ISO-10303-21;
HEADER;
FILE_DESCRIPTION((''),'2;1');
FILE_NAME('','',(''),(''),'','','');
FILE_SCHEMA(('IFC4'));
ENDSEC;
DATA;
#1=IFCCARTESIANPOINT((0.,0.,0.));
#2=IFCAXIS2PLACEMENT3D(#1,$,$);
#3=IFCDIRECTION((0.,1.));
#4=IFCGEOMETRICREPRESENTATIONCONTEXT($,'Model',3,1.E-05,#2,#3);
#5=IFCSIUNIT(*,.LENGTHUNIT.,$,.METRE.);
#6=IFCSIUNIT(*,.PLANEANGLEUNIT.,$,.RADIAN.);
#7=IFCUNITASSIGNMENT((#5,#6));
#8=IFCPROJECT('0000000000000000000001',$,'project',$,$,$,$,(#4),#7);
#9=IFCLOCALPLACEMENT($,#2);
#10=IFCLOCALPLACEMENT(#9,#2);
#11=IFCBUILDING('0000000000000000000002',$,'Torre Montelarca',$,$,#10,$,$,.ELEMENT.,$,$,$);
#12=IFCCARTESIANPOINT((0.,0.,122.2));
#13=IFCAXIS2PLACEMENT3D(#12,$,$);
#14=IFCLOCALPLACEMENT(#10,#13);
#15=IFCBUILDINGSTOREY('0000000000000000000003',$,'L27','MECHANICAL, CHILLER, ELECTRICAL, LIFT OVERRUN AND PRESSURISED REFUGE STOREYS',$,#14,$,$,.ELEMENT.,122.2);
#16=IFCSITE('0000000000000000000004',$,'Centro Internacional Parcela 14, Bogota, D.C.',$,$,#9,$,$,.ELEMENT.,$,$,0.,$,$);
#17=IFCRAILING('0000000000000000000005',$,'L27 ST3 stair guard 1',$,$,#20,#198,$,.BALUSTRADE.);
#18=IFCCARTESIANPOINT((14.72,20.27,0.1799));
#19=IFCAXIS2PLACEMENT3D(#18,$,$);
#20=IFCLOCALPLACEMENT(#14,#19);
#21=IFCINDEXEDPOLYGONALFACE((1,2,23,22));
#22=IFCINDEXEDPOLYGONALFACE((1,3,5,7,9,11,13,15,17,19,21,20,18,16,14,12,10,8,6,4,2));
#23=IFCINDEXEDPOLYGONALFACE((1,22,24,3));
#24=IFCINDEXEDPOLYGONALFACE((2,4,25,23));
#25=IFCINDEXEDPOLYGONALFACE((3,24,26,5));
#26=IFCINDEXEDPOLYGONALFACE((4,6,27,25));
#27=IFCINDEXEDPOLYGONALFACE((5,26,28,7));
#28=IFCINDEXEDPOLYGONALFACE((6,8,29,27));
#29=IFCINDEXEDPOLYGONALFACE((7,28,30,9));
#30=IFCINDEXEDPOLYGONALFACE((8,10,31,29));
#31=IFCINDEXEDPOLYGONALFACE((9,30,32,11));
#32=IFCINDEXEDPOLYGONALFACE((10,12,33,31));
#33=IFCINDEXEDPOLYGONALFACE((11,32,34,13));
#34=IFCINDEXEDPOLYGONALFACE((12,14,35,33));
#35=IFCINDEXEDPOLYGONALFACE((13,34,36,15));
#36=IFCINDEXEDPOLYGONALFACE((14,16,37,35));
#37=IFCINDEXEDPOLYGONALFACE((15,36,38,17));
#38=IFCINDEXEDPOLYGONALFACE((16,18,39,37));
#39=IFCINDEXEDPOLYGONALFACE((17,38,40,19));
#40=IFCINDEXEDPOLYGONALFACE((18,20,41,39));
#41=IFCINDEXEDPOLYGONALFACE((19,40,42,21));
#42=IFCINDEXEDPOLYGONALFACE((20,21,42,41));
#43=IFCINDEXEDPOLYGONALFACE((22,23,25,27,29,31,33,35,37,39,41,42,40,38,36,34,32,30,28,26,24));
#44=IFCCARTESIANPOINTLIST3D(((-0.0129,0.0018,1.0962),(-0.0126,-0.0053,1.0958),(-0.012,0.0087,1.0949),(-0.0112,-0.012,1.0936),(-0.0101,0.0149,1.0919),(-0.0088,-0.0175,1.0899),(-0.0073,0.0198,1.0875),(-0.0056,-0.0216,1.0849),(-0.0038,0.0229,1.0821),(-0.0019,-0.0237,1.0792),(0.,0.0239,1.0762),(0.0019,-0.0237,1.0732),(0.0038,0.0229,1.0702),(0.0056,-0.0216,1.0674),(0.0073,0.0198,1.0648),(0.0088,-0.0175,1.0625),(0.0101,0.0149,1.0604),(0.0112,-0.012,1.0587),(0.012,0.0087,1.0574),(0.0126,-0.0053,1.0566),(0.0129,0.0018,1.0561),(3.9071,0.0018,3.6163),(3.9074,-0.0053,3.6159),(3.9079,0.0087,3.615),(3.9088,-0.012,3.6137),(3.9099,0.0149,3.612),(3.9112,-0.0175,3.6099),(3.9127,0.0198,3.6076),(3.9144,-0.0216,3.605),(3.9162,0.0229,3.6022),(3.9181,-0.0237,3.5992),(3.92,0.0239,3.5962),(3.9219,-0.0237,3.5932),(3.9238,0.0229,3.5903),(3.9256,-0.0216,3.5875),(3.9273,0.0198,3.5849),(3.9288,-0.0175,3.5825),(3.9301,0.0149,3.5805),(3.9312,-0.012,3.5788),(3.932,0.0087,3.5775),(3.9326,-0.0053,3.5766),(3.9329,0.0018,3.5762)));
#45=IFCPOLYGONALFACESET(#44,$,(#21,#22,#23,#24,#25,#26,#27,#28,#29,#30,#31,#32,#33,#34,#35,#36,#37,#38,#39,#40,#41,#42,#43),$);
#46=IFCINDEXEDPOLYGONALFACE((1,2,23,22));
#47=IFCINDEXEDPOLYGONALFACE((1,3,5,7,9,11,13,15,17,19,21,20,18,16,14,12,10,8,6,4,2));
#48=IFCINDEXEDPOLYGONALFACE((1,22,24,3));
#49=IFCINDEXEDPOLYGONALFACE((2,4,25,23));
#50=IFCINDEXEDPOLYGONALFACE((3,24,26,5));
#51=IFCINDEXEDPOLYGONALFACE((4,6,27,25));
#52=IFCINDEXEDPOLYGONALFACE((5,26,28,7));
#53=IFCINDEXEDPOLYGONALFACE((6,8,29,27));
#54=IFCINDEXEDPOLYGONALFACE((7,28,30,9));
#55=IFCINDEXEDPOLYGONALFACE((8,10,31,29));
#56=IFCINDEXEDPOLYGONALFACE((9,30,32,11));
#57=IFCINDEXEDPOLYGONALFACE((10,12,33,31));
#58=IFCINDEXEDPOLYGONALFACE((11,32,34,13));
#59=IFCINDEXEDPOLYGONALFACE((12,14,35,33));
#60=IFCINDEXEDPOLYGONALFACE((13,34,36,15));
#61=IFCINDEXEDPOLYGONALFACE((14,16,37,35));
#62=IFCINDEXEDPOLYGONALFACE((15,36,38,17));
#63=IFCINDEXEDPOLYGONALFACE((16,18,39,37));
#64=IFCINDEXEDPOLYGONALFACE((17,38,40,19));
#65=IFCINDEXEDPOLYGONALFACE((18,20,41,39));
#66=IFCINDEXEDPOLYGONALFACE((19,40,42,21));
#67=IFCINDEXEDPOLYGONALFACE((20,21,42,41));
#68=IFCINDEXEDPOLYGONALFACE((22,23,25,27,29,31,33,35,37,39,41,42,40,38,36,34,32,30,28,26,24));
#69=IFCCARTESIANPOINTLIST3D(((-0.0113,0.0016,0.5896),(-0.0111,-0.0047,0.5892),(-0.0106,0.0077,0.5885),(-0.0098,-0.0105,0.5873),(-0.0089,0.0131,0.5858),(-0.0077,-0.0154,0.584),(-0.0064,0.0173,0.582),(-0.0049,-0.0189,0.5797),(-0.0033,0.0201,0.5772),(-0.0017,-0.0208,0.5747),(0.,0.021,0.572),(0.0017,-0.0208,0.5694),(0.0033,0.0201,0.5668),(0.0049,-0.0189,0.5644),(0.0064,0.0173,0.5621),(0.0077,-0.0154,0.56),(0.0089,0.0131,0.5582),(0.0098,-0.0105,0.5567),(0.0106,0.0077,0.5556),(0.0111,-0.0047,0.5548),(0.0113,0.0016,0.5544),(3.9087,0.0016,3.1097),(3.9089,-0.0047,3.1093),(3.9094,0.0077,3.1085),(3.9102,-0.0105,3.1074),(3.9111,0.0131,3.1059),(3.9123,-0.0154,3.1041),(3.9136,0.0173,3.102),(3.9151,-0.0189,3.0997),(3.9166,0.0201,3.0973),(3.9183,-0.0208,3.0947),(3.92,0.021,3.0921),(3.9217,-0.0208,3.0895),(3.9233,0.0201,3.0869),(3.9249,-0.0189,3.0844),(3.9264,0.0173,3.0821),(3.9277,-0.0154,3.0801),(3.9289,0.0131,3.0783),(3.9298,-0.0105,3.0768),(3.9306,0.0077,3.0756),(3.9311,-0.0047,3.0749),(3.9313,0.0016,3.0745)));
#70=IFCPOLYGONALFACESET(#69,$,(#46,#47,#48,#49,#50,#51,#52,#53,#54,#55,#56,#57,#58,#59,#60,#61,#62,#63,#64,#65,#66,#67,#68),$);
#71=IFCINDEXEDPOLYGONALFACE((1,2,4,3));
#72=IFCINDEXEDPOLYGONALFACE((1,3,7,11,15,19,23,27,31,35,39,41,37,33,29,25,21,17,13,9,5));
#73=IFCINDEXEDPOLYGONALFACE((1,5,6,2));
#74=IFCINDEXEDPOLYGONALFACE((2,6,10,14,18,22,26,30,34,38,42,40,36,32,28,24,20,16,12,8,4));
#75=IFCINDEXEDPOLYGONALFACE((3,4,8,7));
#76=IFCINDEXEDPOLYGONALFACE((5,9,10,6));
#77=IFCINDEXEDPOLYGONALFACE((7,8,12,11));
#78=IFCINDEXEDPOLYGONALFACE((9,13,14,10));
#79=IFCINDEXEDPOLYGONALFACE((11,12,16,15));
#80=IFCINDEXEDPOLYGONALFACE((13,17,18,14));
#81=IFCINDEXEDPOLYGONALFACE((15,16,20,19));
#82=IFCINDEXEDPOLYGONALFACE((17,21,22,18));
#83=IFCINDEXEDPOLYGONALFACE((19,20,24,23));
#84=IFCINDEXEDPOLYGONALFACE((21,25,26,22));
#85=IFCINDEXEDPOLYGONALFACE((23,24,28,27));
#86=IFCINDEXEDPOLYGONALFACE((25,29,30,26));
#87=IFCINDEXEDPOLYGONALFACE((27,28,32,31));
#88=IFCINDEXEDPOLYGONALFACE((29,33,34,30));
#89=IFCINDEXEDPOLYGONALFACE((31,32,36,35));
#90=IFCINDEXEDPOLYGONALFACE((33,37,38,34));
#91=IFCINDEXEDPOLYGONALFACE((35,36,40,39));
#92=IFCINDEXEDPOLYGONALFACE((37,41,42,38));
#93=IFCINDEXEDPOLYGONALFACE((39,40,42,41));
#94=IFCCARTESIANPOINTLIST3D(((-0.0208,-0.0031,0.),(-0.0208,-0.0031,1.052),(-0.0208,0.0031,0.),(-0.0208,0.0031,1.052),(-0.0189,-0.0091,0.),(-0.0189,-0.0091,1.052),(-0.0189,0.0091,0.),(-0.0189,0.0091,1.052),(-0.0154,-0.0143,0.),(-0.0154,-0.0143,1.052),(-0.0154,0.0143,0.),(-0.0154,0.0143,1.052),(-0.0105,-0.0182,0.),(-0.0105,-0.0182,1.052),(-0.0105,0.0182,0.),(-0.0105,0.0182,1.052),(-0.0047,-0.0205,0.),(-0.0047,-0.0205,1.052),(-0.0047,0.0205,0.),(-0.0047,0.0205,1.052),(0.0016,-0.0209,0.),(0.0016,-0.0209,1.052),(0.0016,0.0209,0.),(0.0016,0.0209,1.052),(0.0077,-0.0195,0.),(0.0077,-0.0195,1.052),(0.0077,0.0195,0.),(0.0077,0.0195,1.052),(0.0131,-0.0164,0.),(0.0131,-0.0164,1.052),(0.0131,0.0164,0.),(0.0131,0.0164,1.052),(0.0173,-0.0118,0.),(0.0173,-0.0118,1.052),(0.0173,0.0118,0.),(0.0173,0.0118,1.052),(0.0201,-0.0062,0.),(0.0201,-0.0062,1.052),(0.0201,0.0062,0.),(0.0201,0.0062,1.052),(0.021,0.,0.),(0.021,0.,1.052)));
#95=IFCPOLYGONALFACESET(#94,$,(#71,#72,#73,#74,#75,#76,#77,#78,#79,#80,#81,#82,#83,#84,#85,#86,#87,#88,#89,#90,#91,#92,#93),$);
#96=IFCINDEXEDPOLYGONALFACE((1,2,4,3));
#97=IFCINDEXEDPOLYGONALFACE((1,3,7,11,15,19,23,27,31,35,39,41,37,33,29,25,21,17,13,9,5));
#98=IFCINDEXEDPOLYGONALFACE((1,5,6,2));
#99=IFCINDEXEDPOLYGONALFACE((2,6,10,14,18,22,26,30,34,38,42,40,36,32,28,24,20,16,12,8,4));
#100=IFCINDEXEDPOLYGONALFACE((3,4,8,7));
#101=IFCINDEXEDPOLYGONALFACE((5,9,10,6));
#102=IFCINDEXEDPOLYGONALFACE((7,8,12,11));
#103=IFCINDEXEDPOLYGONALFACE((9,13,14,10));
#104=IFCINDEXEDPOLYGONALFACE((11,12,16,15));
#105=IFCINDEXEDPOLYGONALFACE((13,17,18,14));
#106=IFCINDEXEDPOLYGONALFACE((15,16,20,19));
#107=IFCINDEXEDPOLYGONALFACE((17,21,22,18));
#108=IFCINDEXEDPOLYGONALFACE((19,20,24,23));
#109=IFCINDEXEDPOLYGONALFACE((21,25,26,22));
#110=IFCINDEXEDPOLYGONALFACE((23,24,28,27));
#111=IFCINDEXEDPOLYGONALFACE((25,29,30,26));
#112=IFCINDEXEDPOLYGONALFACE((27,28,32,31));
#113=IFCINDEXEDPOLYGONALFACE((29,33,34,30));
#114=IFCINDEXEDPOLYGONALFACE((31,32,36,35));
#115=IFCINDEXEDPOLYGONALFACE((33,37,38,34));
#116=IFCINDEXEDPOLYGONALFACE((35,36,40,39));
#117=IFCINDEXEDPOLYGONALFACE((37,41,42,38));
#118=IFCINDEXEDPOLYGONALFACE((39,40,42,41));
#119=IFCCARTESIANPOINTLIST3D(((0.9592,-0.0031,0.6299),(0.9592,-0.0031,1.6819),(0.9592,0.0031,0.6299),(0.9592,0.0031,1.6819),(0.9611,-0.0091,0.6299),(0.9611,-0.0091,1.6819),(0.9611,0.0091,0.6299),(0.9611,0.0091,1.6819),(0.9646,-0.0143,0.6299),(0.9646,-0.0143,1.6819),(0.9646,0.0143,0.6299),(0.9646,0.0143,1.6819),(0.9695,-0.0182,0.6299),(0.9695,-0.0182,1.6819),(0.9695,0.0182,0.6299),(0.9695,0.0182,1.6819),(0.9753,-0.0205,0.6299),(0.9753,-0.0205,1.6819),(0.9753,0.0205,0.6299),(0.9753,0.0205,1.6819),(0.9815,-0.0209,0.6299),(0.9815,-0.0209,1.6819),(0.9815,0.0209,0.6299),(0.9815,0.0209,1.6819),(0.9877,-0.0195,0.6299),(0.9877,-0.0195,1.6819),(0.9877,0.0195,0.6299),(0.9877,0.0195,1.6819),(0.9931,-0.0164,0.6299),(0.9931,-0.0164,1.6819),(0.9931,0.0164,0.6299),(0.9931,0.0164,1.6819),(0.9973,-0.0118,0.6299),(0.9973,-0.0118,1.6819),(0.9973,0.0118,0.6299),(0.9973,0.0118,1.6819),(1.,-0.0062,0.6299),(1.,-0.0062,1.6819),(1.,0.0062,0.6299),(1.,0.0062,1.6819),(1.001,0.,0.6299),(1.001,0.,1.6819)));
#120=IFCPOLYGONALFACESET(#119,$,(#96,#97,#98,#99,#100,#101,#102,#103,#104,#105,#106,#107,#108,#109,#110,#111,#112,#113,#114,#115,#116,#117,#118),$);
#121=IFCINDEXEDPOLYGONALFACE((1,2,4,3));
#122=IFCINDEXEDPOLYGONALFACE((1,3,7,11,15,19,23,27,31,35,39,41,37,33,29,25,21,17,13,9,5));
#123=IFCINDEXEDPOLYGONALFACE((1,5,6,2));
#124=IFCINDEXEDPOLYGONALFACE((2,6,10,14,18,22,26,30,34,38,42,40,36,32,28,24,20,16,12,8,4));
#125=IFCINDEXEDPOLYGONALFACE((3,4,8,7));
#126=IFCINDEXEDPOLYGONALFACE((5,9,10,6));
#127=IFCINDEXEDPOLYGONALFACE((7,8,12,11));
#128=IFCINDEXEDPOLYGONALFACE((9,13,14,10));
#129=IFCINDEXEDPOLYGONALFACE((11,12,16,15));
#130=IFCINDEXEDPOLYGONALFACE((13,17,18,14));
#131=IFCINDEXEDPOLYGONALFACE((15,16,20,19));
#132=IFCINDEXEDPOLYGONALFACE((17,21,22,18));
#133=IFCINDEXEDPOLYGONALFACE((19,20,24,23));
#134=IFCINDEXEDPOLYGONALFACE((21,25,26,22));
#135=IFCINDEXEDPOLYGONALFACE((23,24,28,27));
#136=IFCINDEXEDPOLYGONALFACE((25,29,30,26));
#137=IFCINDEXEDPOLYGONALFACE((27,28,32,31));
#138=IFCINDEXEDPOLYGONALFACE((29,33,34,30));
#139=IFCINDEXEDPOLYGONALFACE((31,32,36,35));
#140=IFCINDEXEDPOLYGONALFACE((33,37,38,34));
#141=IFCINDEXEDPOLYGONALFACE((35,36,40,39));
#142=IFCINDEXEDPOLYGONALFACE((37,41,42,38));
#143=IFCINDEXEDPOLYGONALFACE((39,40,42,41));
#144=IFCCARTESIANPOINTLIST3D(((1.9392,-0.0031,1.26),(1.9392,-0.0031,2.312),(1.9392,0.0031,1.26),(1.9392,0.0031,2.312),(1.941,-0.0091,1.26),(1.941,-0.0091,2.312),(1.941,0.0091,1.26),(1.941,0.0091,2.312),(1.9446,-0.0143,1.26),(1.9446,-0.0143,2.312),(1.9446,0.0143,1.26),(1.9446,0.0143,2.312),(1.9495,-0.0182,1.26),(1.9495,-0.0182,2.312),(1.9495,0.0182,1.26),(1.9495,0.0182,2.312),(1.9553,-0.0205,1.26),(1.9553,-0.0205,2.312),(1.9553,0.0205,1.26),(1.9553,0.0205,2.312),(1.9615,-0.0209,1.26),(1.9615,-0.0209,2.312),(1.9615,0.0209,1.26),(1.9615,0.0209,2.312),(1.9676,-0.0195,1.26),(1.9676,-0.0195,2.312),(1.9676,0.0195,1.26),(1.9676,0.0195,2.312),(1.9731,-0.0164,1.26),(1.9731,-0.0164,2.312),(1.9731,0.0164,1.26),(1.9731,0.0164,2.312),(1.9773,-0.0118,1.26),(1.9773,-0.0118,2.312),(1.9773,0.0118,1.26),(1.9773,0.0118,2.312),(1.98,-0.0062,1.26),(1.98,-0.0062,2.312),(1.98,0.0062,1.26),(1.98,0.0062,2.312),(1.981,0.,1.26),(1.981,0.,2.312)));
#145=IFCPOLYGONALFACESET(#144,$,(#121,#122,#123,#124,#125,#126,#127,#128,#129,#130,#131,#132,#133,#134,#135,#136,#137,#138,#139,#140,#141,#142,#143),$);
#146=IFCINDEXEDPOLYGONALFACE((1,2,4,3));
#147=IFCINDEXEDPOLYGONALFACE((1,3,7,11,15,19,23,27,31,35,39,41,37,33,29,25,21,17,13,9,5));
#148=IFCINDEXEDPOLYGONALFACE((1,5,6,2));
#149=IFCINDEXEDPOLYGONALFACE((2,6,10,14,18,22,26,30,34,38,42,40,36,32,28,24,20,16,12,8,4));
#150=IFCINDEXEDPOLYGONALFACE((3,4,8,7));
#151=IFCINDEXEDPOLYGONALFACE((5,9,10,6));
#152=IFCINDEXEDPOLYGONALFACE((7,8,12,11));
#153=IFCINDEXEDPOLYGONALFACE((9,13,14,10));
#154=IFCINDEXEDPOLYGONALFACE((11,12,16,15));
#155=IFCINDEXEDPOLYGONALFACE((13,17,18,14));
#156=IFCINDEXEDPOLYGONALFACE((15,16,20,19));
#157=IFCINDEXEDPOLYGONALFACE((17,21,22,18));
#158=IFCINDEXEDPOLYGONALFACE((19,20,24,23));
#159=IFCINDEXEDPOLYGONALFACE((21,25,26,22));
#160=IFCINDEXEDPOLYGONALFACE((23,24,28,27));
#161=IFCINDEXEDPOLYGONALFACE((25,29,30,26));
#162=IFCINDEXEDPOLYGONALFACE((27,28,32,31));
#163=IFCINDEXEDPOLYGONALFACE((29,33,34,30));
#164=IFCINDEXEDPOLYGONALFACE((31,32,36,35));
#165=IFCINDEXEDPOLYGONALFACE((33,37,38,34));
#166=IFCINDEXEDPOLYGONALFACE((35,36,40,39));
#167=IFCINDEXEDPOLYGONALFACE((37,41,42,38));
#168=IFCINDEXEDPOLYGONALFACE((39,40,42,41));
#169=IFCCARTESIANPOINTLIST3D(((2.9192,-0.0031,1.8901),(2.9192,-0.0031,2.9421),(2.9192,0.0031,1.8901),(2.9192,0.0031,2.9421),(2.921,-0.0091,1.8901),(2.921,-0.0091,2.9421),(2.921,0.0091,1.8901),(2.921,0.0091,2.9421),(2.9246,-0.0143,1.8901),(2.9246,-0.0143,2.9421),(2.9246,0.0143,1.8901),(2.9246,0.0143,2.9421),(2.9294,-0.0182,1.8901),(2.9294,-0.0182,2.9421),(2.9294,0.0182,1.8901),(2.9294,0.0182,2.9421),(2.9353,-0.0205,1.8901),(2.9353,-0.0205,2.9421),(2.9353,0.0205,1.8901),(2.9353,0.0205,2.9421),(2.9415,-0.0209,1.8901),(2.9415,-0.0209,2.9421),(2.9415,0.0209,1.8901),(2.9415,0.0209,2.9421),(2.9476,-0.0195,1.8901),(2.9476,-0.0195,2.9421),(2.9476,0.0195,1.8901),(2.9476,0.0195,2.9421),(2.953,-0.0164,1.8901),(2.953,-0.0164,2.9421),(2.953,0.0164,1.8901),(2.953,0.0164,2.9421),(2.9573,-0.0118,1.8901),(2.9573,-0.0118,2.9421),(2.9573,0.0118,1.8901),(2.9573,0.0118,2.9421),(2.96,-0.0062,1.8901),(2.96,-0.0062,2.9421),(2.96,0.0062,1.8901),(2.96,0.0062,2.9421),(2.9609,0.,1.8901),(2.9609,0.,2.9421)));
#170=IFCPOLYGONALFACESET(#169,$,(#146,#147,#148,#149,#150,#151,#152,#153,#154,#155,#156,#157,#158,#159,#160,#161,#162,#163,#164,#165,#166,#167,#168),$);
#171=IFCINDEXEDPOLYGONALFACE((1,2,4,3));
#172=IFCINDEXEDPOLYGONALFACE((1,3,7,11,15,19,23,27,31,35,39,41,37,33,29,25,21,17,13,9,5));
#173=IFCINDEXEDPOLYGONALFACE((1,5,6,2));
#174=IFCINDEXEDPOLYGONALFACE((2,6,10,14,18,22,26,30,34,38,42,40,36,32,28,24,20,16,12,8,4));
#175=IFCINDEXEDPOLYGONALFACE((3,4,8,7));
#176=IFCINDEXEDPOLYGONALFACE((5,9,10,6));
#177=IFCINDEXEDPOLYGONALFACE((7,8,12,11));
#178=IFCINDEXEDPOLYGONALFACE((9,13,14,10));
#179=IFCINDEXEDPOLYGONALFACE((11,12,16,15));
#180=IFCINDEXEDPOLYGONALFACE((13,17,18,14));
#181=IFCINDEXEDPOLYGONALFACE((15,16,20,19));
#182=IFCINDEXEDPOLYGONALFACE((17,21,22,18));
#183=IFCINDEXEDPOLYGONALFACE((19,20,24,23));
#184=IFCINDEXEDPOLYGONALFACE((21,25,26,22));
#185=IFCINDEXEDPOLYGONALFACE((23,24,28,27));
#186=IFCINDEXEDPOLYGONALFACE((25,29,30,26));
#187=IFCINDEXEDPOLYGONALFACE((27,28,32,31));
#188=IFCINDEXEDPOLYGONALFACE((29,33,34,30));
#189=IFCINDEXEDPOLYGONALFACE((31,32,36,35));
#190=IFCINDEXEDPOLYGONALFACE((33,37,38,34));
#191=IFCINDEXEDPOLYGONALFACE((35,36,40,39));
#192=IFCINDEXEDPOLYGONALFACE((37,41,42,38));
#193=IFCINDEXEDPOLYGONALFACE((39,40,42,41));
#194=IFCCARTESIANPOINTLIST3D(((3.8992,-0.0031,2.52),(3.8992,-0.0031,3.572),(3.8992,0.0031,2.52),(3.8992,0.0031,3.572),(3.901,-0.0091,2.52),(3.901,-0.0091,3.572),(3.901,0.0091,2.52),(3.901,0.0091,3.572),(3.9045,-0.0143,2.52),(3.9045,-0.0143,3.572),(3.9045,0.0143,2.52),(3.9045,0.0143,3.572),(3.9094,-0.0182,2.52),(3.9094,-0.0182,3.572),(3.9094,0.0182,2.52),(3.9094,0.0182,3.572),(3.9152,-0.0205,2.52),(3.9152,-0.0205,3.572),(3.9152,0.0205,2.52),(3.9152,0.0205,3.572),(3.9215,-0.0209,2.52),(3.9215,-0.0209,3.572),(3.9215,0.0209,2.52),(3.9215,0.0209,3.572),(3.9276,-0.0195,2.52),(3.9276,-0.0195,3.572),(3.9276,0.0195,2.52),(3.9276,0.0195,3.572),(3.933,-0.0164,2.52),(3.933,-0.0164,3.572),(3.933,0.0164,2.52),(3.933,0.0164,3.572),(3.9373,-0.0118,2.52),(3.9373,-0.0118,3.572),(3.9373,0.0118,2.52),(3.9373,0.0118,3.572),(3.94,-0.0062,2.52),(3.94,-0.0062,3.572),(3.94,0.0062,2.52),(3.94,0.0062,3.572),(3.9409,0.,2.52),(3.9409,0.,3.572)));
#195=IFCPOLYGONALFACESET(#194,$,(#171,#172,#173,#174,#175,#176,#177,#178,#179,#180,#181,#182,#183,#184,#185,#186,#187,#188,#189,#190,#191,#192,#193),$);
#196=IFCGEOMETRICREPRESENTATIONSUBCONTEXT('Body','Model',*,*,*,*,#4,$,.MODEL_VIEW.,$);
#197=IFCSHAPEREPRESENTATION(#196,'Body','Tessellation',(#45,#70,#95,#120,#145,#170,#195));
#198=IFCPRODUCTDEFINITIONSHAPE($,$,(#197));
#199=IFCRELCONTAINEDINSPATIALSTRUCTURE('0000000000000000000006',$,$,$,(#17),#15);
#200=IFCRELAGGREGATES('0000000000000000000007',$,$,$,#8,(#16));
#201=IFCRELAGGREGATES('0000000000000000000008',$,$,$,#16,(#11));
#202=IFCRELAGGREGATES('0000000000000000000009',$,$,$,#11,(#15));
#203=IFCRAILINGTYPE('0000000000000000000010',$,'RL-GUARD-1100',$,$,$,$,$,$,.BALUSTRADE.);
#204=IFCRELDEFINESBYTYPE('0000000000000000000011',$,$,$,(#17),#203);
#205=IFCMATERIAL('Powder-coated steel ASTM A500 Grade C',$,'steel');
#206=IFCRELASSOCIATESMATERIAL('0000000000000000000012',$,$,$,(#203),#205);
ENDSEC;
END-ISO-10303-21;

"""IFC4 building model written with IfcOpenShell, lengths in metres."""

from ifc_helpers import new_model, si_unit, direction, frame, origin, origin_2d, place, context, subcontext, project, spatial, circle, extrude, material, type_object, element, save


model = new_model("IFC4")

# Units and contexts
model_context = context("Model", 3, precision=1e-05, world=origin(), true_north=direction((0.0, 1.0)))
body_context = subcontext(model_context, "Body", "Model", "MODEL_VIEW")
ifc_project = project(units=[si_unit("LENGTHUNIT", "METRE"), si_unit("PLANEANGLEUNIT", "RADIAN")], contexts=[model_context])

# Site, building, storey
site_placement = place(None, origin())
site = spatial("IfcSite", under=ifc_project, at=site_placement, Name="Centro Internacional Parcela 14, Bogota, D.C.", CompositionType="ELEMENT", RefElevation=0.0)
building_placement = place(site_placement, origin())
building = spatial("IfcBuilding", under=site, at=building_placement, Name="Torre Montelarca", CompositionType="ELEMENT")
storey_placement = place(building_placement, frame((0.0, 0.0, 122.2)))
storey = spatial("IfcBuildingStorey", under=building, at=storey_placement, Name="L27", Description="MECHANICAL, CHILLER, ELECTRICAL, LIFT OVERRUN AND PRESSURISED REFUGE STOREYS", CompositionType="ELEMENT", Elevation=122.2)

# Railing
ifc_material_1 = material(Name="Powder-coated steel ASTM A500 Grade C", Category="steel")
railing_type_1 = type_object("IfcRailingType", Name="RL-GUARD-1100", PredefinedType="BALUSTRADE", material=ifc_material_1)
railing_1_placement = place(storey_placement, frame((14.72, 20.27, 0.1799)))
element("IfcRailing", 1, at=railing_1_placement, inside=storey, type_object=railing_type_1, Name="L27 ST3 stair guard 1", PredefinedType="BALUSTRADE", context=body_context, shape_type="SweptSolid", body=[
    extrude(circle(Radius=0.0239, at=origin_2d()), frame((0.0, 0.0, 1.0762), z_axis=(0.841172, 0.0, 0.540768), x_axis=(0.0, 1.0, 0.0)), (0.0, 0.0, 1.0), 4.6602),
    extrude(circle(Radius=0.021, at=origin_2d()), frame((0.0, 0.0, 0.572), z_axis=(0.841172, 0.0, 0.540768), x_axis=(0.0, 1.0, 0.0)), (0.0, 0.0, 1.0), 4.6602),
    extrude(circle(Radius=0.021, at=origin_2d()), origin(), (0.0, 0.0, 1.0), 1.052),
    extrude(circle(Radius=0.021, at=origin_2d()), frame((0.98, 0.0, 0.6299)), (0.0, 0.0, 1.0), 1.052),
    extrude(circle(Radius=0.021, at=origin_2d()), frame((1.96, 0.0, 1.26)), (0.0, 0.0, 1.0), 1.052),
    extrude(circle(Radius=0.021, at=origin_2d()), frame((2.9399, 0.0, 1.8901)), (0.0, 0.0, 1.0), 1.052),
    extrude(circle(Radius=0.021, at=origin_2d()), frame((3.9199, 0.0, 2.52)), (0.0, 0.0, 1.0), 1.052),
])

save(model, "model.ifc")
